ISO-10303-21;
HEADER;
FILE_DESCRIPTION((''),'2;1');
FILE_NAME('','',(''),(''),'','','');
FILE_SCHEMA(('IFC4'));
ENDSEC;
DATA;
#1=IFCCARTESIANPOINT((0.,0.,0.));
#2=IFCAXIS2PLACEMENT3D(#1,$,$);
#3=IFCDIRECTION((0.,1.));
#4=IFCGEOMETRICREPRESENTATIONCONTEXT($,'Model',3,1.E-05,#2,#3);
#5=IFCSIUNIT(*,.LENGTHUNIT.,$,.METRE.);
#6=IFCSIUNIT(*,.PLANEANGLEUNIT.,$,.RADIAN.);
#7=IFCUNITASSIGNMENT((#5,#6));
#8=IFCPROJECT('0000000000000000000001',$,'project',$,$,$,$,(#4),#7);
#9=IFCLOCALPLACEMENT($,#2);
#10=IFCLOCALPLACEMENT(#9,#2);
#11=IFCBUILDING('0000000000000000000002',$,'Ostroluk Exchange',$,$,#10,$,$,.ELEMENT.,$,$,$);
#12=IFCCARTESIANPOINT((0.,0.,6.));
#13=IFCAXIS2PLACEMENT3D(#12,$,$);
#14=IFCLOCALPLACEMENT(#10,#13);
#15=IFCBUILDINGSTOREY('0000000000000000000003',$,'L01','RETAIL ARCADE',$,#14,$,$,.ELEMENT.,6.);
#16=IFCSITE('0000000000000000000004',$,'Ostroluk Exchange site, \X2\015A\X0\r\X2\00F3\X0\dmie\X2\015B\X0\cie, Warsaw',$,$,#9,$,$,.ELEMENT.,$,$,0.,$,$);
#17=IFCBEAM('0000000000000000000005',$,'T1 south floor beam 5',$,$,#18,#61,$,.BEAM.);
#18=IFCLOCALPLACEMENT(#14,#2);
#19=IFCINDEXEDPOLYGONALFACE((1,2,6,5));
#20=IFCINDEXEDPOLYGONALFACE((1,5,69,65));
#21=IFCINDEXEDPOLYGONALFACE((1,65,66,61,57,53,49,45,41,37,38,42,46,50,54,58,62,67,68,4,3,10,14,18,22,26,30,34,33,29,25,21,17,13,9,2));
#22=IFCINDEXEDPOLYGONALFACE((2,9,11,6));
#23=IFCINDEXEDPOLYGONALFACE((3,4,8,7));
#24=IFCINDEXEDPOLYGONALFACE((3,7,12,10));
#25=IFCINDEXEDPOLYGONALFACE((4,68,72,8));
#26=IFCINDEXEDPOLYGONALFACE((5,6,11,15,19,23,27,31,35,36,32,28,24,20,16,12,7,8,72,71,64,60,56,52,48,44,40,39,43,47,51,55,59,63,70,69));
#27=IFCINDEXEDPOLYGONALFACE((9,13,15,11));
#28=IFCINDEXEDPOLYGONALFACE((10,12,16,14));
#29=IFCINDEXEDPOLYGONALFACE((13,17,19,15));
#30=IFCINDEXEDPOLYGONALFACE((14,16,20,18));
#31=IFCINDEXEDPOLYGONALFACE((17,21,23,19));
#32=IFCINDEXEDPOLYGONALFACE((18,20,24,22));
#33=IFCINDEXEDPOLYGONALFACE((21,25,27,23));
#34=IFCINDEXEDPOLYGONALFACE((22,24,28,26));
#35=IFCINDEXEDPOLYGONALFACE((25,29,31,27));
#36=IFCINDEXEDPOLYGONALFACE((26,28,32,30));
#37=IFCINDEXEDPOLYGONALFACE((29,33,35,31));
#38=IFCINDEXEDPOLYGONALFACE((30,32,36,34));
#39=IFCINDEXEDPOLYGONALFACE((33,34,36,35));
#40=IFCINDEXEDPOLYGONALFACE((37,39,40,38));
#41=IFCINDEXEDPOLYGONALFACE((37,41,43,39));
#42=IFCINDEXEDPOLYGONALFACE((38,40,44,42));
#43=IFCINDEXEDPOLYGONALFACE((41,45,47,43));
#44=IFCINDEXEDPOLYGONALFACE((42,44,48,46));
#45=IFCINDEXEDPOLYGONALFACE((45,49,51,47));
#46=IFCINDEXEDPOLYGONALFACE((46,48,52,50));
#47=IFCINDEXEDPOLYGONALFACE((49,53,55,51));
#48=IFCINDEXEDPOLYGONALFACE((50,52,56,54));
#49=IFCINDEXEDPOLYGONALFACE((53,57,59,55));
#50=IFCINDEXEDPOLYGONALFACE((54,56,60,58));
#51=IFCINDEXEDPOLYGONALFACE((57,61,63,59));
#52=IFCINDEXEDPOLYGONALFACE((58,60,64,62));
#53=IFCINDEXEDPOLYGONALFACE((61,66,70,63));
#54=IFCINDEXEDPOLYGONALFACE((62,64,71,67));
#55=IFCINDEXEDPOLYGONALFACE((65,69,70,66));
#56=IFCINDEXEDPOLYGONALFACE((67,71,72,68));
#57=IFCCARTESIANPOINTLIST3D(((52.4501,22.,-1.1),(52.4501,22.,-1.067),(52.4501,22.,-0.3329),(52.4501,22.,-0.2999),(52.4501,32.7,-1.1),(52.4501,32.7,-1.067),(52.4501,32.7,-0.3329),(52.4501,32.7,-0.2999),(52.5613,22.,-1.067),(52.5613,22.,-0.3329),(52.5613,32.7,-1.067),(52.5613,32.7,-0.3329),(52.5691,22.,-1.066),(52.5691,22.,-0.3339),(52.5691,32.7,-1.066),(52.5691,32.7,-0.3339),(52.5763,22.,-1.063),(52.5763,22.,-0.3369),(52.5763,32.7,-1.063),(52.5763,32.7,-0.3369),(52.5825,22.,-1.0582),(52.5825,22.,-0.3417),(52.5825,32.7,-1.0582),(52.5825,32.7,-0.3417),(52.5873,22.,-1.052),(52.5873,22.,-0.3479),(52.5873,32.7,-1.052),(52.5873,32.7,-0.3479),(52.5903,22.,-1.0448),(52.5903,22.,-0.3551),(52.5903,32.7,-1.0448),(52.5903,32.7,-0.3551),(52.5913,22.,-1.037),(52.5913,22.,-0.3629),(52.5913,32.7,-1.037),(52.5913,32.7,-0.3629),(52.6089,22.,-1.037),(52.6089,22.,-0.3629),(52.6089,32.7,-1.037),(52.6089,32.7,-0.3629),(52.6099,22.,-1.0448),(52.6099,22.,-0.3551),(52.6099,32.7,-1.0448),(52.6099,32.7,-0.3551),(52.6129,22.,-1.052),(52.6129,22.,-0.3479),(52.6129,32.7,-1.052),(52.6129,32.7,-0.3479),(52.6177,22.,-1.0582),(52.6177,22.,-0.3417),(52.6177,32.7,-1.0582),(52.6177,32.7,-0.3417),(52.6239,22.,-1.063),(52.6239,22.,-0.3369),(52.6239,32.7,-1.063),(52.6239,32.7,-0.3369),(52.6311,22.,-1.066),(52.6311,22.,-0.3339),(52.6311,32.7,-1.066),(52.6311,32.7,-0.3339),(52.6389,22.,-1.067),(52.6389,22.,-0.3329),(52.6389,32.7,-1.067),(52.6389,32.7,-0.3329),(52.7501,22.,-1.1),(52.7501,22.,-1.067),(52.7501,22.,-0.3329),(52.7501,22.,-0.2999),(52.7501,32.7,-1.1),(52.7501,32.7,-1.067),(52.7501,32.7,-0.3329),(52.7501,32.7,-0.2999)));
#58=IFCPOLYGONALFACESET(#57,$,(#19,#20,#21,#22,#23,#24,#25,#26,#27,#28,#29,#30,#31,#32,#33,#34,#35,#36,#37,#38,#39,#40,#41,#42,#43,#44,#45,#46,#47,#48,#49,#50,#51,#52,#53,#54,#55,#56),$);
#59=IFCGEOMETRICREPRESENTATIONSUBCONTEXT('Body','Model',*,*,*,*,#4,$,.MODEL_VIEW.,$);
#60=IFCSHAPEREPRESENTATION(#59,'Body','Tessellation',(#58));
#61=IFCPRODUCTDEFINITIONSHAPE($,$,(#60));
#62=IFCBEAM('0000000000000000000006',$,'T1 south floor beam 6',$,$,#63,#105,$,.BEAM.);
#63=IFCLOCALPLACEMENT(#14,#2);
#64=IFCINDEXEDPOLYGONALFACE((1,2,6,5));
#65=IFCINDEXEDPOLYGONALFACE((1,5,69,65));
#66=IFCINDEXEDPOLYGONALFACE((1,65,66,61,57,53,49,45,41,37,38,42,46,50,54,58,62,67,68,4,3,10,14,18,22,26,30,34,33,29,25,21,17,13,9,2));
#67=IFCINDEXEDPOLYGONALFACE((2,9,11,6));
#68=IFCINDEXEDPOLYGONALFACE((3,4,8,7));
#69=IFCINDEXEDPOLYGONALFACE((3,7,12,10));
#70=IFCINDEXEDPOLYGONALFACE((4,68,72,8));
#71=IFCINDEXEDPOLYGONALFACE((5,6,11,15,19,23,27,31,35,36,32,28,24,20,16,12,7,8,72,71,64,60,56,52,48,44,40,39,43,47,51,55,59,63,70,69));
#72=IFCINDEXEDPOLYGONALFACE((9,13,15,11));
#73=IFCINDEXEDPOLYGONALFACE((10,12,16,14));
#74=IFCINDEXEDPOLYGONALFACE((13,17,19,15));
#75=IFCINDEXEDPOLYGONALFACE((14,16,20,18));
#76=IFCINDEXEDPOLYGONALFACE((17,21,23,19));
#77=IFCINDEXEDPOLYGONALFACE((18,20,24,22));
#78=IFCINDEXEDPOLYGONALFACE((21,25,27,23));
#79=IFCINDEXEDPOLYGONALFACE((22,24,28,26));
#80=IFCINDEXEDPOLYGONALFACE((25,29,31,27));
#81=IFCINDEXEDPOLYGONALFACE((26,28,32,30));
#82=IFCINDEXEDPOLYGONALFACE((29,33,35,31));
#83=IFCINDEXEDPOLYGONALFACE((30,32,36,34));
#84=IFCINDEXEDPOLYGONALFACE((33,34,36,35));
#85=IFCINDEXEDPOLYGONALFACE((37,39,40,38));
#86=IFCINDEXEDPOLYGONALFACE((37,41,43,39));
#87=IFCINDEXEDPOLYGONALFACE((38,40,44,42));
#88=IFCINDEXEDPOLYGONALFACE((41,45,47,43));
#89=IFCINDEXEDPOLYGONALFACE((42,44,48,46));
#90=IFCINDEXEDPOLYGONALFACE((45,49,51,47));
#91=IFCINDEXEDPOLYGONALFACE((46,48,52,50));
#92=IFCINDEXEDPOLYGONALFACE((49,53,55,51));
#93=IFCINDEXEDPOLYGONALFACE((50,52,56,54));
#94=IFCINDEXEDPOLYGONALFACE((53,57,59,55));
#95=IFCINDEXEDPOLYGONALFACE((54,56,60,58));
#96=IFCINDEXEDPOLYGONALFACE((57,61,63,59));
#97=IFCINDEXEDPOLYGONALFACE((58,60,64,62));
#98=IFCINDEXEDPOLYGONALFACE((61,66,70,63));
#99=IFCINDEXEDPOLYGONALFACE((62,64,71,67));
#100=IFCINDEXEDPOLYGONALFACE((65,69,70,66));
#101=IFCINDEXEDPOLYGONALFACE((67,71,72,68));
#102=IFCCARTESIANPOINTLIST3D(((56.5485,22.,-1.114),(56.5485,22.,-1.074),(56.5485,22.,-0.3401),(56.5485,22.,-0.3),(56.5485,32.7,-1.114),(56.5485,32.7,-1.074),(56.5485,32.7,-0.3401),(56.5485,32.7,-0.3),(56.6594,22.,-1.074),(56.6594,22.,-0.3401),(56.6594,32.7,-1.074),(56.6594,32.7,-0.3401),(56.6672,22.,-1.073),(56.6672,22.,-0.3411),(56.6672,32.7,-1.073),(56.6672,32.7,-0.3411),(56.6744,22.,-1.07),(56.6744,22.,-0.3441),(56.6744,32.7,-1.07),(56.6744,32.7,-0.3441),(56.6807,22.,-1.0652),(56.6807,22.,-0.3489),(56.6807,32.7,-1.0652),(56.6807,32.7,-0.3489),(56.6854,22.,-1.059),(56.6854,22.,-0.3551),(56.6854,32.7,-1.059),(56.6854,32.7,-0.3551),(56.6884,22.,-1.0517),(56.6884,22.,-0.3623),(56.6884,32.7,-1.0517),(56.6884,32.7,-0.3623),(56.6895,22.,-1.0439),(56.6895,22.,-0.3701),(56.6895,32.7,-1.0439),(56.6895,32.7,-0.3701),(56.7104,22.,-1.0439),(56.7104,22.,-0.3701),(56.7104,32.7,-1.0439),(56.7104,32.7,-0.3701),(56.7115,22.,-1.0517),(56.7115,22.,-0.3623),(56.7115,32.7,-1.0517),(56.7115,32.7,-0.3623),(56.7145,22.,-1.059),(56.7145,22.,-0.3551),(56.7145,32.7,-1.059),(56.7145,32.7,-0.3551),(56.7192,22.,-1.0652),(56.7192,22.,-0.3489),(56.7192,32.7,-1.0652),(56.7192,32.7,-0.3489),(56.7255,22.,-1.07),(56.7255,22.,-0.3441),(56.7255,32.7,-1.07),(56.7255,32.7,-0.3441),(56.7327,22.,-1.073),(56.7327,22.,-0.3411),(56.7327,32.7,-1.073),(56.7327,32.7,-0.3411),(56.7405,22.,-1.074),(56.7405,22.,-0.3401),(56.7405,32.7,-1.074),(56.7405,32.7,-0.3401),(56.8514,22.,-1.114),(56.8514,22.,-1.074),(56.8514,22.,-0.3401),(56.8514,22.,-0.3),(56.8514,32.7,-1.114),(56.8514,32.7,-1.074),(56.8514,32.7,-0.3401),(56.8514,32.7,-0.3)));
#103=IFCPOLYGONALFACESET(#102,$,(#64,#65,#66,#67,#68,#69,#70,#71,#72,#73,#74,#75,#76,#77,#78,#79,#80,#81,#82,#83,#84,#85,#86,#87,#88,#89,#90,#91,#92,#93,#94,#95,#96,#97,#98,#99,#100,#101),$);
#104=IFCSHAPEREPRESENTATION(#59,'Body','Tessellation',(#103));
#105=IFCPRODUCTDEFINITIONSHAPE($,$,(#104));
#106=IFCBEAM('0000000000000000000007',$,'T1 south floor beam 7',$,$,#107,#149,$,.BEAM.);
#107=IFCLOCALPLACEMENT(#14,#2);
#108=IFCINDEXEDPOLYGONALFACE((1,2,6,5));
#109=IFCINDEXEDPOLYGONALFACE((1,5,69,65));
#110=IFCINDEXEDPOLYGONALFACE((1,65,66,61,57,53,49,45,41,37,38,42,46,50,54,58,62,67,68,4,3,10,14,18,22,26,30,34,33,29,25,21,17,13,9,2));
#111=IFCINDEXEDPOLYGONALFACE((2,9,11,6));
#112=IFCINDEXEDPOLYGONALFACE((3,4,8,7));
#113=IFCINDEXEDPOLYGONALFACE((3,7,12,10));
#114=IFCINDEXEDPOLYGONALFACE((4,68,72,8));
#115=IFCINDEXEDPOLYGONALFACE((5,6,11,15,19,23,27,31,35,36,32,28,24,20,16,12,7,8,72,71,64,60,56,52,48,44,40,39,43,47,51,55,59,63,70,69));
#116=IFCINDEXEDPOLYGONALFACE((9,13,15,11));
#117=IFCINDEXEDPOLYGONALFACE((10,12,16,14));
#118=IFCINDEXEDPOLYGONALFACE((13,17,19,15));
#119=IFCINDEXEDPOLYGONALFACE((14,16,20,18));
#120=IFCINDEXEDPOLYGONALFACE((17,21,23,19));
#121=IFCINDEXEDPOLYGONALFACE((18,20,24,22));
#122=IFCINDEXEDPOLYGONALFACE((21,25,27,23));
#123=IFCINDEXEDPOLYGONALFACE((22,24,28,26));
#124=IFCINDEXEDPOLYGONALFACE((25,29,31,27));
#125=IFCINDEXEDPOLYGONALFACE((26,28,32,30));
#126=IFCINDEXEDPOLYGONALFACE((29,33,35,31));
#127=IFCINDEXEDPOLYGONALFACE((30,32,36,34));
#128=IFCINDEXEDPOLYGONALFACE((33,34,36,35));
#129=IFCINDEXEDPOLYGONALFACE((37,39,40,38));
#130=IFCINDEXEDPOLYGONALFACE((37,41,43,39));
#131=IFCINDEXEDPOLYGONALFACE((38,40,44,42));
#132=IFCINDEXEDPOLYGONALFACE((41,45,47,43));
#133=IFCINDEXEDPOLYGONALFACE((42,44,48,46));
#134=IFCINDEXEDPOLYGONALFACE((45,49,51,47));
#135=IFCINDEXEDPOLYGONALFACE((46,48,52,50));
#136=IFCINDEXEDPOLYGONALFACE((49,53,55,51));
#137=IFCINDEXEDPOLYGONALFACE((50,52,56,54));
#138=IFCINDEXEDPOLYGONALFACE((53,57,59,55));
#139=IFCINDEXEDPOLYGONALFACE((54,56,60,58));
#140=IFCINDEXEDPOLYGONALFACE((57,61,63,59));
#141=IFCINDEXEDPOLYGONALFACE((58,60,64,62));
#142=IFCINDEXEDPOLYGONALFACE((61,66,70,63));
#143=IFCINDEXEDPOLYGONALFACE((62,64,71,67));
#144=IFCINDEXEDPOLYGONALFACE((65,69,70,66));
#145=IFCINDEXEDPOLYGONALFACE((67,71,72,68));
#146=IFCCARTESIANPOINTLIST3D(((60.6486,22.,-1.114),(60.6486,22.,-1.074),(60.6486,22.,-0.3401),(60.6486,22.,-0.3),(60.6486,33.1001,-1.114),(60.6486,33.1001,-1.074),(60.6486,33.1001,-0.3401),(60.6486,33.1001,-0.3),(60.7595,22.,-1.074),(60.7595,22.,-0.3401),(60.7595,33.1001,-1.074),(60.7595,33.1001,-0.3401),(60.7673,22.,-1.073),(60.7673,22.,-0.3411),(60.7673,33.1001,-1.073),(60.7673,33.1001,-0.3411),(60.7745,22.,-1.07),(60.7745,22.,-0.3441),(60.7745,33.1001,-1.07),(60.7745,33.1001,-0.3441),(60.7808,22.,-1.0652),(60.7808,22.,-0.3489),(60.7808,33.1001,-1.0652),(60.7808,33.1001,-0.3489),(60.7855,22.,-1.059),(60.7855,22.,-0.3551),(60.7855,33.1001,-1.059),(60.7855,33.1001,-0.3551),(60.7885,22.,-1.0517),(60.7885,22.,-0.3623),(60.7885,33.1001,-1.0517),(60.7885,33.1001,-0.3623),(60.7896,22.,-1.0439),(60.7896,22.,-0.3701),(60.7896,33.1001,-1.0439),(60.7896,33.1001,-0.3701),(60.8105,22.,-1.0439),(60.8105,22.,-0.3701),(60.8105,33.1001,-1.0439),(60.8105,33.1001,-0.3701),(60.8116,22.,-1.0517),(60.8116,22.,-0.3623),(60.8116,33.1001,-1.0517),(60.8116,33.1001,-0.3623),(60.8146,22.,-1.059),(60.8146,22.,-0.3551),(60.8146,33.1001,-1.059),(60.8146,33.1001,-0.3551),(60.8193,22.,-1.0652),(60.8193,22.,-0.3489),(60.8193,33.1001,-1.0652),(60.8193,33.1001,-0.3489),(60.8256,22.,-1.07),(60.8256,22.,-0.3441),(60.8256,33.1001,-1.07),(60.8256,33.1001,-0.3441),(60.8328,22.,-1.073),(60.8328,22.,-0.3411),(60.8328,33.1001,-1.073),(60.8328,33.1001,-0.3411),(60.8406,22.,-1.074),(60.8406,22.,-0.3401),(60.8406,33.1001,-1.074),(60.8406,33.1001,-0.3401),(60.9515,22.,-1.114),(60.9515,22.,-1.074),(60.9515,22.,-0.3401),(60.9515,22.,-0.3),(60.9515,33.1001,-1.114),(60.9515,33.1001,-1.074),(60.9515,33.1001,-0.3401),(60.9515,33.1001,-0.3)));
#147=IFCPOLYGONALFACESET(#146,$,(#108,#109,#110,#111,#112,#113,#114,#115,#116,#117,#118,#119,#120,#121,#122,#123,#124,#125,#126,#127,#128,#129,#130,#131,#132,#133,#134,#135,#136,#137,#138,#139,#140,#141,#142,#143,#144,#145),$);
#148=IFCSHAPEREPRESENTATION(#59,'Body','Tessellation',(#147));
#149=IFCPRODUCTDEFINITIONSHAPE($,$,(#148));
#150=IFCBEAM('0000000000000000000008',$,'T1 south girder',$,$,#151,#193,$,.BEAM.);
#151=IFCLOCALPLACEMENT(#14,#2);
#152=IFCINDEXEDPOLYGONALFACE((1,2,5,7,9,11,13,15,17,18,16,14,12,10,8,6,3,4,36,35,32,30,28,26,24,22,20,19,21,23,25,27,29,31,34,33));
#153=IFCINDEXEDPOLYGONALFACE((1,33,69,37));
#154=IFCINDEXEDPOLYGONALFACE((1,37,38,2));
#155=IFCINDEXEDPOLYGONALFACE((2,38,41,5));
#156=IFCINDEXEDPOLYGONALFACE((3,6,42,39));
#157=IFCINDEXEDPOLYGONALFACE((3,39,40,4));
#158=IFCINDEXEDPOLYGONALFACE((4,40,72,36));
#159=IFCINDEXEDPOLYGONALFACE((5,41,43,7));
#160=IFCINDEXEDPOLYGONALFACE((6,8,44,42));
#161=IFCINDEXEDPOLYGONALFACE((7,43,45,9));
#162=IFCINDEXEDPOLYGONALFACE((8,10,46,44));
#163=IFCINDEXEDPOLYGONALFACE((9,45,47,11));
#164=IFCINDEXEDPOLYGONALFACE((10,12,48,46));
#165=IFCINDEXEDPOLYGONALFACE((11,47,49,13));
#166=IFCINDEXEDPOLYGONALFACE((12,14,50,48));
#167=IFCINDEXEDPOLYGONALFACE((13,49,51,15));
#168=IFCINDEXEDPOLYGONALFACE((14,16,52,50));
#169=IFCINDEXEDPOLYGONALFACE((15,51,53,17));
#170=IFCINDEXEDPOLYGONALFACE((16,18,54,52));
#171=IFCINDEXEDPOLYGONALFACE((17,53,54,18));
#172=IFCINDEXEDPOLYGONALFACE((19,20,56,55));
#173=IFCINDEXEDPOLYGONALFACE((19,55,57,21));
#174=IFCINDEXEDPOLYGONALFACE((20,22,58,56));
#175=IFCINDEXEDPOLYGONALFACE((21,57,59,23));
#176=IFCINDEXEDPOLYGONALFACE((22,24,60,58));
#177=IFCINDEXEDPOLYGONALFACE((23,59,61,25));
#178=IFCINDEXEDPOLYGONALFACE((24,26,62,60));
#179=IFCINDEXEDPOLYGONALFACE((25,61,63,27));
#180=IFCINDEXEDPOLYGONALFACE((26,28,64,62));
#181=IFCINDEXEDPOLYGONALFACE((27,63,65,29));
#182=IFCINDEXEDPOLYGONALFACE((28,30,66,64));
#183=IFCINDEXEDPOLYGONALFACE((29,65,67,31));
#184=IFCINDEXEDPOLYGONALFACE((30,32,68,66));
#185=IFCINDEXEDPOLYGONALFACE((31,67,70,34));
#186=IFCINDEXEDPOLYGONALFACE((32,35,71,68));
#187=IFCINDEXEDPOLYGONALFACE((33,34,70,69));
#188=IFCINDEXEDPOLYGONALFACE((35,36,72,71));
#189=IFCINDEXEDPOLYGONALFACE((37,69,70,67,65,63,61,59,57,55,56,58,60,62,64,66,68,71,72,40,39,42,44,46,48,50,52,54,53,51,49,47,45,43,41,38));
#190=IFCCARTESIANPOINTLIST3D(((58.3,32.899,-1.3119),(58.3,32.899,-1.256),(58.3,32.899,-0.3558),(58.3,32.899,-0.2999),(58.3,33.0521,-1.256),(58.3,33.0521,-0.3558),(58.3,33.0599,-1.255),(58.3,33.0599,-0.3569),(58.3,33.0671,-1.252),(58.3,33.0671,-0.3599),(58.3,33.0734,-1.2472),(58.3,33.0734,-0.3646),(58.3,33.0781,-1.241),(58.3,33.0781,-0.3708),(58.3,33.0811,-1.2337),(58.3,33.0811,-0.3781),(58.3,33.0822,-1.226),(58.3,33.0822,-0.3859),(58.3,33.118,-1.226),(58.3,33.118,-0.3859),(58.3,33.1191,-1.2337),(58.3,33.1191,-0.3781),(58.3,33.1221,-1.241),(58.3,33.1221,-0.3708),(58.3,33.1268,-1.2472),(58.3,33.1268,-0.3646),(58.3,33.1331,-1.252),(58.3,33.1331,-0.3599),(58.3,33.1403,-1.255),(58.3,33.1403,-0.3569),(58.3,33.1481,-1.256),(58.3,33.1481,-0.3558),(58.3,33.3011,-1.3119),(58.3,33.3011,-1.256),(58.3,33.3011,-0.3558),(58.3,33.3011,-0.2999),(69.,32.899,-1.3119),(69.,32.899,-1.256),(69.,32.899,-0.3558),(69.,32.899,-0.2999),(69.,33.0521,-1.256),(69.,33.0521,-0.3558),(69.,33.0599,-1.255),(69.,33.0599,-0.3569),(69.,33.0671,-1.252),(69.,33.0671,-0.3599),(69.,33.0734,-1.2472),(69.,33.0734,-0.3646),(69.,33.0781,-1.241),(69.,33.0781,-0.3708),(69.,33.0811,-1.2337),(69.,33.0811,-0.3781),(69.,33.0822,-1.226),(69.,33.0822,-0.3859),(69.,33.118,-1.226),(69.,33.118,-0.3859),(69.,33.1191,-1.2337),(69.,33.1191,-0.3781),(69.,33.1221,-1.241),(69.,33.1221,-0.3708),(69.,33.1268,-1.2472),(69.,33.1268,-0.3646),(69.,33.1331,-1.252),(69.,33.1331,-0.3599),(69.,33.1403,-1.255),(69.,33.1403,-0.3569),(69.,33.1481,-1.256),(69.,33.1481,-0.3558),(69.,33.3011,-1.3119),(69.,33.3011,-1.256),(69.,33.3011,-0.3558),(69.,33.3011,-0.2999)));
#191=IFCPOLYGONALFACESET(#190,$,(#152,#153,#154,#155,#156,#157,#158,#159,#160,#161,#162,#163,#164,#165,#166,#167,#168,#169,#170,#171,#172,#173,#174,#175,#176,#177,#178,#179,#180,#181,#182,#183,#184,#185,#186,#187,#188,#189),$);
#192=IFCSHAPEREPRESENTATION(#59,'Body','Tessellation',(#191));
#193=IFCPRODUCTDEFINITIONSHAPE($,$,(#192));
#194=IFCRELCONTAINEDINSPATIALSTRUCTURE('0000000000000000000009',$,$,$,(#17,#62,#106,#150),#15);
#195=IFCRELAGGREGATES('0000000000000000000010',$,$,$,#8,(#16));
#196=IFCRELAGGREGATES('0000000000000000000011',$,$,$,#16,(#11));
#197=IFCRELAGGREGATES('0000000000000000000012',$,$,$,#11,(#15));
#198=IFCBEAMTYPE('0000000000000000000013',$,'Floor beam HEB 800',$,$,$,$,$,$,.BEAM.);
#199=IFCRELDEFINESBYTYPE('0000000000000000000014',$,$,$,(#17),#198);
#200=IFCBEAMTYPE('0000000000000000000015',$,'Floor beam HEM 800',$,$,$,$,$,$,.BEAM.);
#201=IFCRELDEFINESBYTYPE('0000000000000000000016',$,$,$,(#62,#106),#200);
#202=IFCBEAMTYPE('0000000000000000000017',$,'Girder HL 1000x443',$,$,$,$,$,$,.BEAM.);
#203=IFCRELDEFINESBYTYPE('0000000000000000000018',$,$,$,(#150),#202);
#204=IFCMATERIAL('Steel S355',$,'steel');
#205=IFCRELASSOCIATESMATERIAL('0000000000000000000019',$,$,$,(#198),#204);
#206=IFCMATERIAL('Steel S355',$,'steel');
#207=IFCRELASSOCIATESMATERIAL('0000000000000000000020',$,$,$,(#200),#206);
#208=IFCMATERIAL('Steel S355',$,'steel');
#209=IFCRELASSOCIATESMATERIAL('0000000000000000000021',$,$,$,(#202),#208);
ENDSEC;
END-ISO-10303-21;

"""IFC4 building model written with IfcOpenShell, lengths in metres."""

from ifc_helpers import new_model, si_unit, direction, frame, origin, origin_2d, place, context, subcontext, project, spatial, i_section, extrude, material, material_profile, profile_set, type_object, element, save


model = new_model("IFC4")

# Units and contexts
model_context = context("Model", 3, precision=1e-05, world=origin(), true_north=direction((0.0, 1.0)))
body_context = subcontext(model_context, "Body", "Model", "MODEL_VIEW")
ifc_project = project(units=[si_unit("LENGTHUNIT", "METRE"), si_unit("PLANEANGLEUNIT", "RADIAN")], contexts=[model_context])

# Site, building, storey
site_placement = place(None, origin())
site = spatial("IfcSite", under=ifc_project, at=site_placement, Name="Ostroluk Exchange site, Śródmieście, Warsaw", CompositionType="ELEMENT", RefElevation=0.0)
building_placement = place(site_placement, origin())
building = spatial("IfcBuilding", under=site, at=building_placement, Name="Ostroluk Exchange", CompositionType="ELEMENT")
storey_placement = place(building_placement, frame((0.0, 0.0, 6.0)))
storey = spatial("IfcBuildingStorey", under=building, at=storey_placement, Name="L01", Description="RETAIL ARCADE", CompositionType="ELEMENT", Elevation=6.0)

# Beams
ifc_material_1 = material(Name="Steel S355", Category="steel")
ifc_material_profile_1 = material_profile(ifc_material_1, i_section(OverallWidth=0.3, OverallDepth=0.8, WebThickness=0.0176, FlangeThickness=0.033, FilletRadius=0.03, at=origin_2d()), Name="HEB 800")
ifc_profile_set_1 = profile_set([ifc_material_profile_1], Name="Steel S355")
beam_type_1 = type_object("IfcBeamType", Name="Floor beam HEB 800", PredefinedType="BEAM", material=ifc_profile_set_1)
for number, where, z_axis, x_axis, name in (
    (1, (52.6001, 32.7, -0.7), (0.0, -1.0, 0.0), (1.0, 0.0, 0.0), "T1 south floor beam 5"),
):
    element("IfcBeam", number, at=place(storey_placement, frame(where, z_axis=z_axis, x_axis=x_axis)), inside=storey, type_object=beam_type_1, Name=name, PredefinedType="BEAM", context=body_context, shape_type="SweptSolid", body=[
        extrude(i_section(OverallWidth=0.3, OverallDepth=0.8, WebThickness=0.0176, FlangeThickness=0.033, FilletRadius=0.03, at=origin_2d()), origin(), (0.0, 0.0, 1.0), 10.7),
    ])
ifc_material_2 = material(Name="Steel S355", Category="steel")
ifc_material_profile_2 = material_profile(ifc_material_2, i_section(OverallWidth=0.303, OverallDepth=0.814, WebThickness=0.021, FlangeThickness=0.04, FilletRadius=0.03, at=origin_2d()), Name="HEM 800")
ifc_profile_set_2 = profile_set([ifc_material_profile_2], Name="Steel S355")
beam_type_2 = type_object("IfcBeamType", Name="Floor beam HEM 800", PredefinedType="BEAM", material=ifc_profile_set_2)
beam_1_placement = place(storey_placement, frame((56.7, 32.7, -0.707), z_axis=(0.0, -1.0, 0.0), x_axis=(1.0, 0.0, 0.0)))
element("IfcBeam", 2, at=beam_1_placement, inside=storey, type_object=beam_type_2, Name="T1 south floor beam 6", PredefinedType="BEAM", context=body_context, shape_type="SweptSolid", body=[
    extrude(i_section(OverallWidth=0.303, OverallDepth=0.814, WebThickness=0.021, FlangeThickness=0.04, FilletRadius=0.03, at=origin_2d()), origin(), (0.0, 0.0, 1.0), 10.7),
])
beam_2_placement = place(storey_placement, frame((60.8, 33.1001, -0.707), z_axis=(0.0, -1.0, 0.0), x_axis=(1.0, 0.0, 0.0)))
element("IfcBeam", 3, at=beam_2_placement, inside=storey, type_object=beam_type_2, Name="T1 south floor beam 7", PredefinedType="BEAM", context=body_context, shape_type="SweptSolid", body=[
    extrude(i_section(OverallWidth=0.303, OverallDepth=0.814, WebThickness=0.021, FlangeThickness=0.04, FilletRadius=0.03, at=origin_2d()), origin(), (0.0, 0.0, 1.0), 11.1001),
])
ifc_material_3 = material(Name="Steel S355", Category="steel")
ifc_material_profile_3 = material_profile(ifc_material_3, i_section(OverallWidth=0.4021, OverallDepth=1.012, WebThickness=0.0359, FlangeThickness=0.0559, FilletRadius=0.03, at=origin_2d()), Name="HL 1000x443")
ifc_profile_set_3 = profile_set([ifc_material_profile_3], Name="Steel S355")
beam_type_3 = type_object("IfcBeamType", Name="Girder HL 1000x443", PredefinedType="BEAM", material=ifc_profile_set_3)
beam_3_placement = place(storey_placement, frame((58.3, 33.1001, -0.8059), z_axis=(1.0, 0.0, 0.0), x_axis=(0.0, 1.0, 0.0)))
element("IfcBeam", 4, at=beam_3_placement, inside=storey, type_object=beam_type_3, Name="T1 south girder", PredefinedType="BEAM", context=body_context, shape_type="SweptSolid", body=[
    extrude(i_section(OverallWidth=0.4021, OverallDepth=1.012, WebThickness=0.0359, FlangeThickness=0.0559, FilletRadius=0.03, at=origin_2d()), origin(), (0.0, 0.0, 1.0), 10.7),
])

save(model, "model.ifc")
